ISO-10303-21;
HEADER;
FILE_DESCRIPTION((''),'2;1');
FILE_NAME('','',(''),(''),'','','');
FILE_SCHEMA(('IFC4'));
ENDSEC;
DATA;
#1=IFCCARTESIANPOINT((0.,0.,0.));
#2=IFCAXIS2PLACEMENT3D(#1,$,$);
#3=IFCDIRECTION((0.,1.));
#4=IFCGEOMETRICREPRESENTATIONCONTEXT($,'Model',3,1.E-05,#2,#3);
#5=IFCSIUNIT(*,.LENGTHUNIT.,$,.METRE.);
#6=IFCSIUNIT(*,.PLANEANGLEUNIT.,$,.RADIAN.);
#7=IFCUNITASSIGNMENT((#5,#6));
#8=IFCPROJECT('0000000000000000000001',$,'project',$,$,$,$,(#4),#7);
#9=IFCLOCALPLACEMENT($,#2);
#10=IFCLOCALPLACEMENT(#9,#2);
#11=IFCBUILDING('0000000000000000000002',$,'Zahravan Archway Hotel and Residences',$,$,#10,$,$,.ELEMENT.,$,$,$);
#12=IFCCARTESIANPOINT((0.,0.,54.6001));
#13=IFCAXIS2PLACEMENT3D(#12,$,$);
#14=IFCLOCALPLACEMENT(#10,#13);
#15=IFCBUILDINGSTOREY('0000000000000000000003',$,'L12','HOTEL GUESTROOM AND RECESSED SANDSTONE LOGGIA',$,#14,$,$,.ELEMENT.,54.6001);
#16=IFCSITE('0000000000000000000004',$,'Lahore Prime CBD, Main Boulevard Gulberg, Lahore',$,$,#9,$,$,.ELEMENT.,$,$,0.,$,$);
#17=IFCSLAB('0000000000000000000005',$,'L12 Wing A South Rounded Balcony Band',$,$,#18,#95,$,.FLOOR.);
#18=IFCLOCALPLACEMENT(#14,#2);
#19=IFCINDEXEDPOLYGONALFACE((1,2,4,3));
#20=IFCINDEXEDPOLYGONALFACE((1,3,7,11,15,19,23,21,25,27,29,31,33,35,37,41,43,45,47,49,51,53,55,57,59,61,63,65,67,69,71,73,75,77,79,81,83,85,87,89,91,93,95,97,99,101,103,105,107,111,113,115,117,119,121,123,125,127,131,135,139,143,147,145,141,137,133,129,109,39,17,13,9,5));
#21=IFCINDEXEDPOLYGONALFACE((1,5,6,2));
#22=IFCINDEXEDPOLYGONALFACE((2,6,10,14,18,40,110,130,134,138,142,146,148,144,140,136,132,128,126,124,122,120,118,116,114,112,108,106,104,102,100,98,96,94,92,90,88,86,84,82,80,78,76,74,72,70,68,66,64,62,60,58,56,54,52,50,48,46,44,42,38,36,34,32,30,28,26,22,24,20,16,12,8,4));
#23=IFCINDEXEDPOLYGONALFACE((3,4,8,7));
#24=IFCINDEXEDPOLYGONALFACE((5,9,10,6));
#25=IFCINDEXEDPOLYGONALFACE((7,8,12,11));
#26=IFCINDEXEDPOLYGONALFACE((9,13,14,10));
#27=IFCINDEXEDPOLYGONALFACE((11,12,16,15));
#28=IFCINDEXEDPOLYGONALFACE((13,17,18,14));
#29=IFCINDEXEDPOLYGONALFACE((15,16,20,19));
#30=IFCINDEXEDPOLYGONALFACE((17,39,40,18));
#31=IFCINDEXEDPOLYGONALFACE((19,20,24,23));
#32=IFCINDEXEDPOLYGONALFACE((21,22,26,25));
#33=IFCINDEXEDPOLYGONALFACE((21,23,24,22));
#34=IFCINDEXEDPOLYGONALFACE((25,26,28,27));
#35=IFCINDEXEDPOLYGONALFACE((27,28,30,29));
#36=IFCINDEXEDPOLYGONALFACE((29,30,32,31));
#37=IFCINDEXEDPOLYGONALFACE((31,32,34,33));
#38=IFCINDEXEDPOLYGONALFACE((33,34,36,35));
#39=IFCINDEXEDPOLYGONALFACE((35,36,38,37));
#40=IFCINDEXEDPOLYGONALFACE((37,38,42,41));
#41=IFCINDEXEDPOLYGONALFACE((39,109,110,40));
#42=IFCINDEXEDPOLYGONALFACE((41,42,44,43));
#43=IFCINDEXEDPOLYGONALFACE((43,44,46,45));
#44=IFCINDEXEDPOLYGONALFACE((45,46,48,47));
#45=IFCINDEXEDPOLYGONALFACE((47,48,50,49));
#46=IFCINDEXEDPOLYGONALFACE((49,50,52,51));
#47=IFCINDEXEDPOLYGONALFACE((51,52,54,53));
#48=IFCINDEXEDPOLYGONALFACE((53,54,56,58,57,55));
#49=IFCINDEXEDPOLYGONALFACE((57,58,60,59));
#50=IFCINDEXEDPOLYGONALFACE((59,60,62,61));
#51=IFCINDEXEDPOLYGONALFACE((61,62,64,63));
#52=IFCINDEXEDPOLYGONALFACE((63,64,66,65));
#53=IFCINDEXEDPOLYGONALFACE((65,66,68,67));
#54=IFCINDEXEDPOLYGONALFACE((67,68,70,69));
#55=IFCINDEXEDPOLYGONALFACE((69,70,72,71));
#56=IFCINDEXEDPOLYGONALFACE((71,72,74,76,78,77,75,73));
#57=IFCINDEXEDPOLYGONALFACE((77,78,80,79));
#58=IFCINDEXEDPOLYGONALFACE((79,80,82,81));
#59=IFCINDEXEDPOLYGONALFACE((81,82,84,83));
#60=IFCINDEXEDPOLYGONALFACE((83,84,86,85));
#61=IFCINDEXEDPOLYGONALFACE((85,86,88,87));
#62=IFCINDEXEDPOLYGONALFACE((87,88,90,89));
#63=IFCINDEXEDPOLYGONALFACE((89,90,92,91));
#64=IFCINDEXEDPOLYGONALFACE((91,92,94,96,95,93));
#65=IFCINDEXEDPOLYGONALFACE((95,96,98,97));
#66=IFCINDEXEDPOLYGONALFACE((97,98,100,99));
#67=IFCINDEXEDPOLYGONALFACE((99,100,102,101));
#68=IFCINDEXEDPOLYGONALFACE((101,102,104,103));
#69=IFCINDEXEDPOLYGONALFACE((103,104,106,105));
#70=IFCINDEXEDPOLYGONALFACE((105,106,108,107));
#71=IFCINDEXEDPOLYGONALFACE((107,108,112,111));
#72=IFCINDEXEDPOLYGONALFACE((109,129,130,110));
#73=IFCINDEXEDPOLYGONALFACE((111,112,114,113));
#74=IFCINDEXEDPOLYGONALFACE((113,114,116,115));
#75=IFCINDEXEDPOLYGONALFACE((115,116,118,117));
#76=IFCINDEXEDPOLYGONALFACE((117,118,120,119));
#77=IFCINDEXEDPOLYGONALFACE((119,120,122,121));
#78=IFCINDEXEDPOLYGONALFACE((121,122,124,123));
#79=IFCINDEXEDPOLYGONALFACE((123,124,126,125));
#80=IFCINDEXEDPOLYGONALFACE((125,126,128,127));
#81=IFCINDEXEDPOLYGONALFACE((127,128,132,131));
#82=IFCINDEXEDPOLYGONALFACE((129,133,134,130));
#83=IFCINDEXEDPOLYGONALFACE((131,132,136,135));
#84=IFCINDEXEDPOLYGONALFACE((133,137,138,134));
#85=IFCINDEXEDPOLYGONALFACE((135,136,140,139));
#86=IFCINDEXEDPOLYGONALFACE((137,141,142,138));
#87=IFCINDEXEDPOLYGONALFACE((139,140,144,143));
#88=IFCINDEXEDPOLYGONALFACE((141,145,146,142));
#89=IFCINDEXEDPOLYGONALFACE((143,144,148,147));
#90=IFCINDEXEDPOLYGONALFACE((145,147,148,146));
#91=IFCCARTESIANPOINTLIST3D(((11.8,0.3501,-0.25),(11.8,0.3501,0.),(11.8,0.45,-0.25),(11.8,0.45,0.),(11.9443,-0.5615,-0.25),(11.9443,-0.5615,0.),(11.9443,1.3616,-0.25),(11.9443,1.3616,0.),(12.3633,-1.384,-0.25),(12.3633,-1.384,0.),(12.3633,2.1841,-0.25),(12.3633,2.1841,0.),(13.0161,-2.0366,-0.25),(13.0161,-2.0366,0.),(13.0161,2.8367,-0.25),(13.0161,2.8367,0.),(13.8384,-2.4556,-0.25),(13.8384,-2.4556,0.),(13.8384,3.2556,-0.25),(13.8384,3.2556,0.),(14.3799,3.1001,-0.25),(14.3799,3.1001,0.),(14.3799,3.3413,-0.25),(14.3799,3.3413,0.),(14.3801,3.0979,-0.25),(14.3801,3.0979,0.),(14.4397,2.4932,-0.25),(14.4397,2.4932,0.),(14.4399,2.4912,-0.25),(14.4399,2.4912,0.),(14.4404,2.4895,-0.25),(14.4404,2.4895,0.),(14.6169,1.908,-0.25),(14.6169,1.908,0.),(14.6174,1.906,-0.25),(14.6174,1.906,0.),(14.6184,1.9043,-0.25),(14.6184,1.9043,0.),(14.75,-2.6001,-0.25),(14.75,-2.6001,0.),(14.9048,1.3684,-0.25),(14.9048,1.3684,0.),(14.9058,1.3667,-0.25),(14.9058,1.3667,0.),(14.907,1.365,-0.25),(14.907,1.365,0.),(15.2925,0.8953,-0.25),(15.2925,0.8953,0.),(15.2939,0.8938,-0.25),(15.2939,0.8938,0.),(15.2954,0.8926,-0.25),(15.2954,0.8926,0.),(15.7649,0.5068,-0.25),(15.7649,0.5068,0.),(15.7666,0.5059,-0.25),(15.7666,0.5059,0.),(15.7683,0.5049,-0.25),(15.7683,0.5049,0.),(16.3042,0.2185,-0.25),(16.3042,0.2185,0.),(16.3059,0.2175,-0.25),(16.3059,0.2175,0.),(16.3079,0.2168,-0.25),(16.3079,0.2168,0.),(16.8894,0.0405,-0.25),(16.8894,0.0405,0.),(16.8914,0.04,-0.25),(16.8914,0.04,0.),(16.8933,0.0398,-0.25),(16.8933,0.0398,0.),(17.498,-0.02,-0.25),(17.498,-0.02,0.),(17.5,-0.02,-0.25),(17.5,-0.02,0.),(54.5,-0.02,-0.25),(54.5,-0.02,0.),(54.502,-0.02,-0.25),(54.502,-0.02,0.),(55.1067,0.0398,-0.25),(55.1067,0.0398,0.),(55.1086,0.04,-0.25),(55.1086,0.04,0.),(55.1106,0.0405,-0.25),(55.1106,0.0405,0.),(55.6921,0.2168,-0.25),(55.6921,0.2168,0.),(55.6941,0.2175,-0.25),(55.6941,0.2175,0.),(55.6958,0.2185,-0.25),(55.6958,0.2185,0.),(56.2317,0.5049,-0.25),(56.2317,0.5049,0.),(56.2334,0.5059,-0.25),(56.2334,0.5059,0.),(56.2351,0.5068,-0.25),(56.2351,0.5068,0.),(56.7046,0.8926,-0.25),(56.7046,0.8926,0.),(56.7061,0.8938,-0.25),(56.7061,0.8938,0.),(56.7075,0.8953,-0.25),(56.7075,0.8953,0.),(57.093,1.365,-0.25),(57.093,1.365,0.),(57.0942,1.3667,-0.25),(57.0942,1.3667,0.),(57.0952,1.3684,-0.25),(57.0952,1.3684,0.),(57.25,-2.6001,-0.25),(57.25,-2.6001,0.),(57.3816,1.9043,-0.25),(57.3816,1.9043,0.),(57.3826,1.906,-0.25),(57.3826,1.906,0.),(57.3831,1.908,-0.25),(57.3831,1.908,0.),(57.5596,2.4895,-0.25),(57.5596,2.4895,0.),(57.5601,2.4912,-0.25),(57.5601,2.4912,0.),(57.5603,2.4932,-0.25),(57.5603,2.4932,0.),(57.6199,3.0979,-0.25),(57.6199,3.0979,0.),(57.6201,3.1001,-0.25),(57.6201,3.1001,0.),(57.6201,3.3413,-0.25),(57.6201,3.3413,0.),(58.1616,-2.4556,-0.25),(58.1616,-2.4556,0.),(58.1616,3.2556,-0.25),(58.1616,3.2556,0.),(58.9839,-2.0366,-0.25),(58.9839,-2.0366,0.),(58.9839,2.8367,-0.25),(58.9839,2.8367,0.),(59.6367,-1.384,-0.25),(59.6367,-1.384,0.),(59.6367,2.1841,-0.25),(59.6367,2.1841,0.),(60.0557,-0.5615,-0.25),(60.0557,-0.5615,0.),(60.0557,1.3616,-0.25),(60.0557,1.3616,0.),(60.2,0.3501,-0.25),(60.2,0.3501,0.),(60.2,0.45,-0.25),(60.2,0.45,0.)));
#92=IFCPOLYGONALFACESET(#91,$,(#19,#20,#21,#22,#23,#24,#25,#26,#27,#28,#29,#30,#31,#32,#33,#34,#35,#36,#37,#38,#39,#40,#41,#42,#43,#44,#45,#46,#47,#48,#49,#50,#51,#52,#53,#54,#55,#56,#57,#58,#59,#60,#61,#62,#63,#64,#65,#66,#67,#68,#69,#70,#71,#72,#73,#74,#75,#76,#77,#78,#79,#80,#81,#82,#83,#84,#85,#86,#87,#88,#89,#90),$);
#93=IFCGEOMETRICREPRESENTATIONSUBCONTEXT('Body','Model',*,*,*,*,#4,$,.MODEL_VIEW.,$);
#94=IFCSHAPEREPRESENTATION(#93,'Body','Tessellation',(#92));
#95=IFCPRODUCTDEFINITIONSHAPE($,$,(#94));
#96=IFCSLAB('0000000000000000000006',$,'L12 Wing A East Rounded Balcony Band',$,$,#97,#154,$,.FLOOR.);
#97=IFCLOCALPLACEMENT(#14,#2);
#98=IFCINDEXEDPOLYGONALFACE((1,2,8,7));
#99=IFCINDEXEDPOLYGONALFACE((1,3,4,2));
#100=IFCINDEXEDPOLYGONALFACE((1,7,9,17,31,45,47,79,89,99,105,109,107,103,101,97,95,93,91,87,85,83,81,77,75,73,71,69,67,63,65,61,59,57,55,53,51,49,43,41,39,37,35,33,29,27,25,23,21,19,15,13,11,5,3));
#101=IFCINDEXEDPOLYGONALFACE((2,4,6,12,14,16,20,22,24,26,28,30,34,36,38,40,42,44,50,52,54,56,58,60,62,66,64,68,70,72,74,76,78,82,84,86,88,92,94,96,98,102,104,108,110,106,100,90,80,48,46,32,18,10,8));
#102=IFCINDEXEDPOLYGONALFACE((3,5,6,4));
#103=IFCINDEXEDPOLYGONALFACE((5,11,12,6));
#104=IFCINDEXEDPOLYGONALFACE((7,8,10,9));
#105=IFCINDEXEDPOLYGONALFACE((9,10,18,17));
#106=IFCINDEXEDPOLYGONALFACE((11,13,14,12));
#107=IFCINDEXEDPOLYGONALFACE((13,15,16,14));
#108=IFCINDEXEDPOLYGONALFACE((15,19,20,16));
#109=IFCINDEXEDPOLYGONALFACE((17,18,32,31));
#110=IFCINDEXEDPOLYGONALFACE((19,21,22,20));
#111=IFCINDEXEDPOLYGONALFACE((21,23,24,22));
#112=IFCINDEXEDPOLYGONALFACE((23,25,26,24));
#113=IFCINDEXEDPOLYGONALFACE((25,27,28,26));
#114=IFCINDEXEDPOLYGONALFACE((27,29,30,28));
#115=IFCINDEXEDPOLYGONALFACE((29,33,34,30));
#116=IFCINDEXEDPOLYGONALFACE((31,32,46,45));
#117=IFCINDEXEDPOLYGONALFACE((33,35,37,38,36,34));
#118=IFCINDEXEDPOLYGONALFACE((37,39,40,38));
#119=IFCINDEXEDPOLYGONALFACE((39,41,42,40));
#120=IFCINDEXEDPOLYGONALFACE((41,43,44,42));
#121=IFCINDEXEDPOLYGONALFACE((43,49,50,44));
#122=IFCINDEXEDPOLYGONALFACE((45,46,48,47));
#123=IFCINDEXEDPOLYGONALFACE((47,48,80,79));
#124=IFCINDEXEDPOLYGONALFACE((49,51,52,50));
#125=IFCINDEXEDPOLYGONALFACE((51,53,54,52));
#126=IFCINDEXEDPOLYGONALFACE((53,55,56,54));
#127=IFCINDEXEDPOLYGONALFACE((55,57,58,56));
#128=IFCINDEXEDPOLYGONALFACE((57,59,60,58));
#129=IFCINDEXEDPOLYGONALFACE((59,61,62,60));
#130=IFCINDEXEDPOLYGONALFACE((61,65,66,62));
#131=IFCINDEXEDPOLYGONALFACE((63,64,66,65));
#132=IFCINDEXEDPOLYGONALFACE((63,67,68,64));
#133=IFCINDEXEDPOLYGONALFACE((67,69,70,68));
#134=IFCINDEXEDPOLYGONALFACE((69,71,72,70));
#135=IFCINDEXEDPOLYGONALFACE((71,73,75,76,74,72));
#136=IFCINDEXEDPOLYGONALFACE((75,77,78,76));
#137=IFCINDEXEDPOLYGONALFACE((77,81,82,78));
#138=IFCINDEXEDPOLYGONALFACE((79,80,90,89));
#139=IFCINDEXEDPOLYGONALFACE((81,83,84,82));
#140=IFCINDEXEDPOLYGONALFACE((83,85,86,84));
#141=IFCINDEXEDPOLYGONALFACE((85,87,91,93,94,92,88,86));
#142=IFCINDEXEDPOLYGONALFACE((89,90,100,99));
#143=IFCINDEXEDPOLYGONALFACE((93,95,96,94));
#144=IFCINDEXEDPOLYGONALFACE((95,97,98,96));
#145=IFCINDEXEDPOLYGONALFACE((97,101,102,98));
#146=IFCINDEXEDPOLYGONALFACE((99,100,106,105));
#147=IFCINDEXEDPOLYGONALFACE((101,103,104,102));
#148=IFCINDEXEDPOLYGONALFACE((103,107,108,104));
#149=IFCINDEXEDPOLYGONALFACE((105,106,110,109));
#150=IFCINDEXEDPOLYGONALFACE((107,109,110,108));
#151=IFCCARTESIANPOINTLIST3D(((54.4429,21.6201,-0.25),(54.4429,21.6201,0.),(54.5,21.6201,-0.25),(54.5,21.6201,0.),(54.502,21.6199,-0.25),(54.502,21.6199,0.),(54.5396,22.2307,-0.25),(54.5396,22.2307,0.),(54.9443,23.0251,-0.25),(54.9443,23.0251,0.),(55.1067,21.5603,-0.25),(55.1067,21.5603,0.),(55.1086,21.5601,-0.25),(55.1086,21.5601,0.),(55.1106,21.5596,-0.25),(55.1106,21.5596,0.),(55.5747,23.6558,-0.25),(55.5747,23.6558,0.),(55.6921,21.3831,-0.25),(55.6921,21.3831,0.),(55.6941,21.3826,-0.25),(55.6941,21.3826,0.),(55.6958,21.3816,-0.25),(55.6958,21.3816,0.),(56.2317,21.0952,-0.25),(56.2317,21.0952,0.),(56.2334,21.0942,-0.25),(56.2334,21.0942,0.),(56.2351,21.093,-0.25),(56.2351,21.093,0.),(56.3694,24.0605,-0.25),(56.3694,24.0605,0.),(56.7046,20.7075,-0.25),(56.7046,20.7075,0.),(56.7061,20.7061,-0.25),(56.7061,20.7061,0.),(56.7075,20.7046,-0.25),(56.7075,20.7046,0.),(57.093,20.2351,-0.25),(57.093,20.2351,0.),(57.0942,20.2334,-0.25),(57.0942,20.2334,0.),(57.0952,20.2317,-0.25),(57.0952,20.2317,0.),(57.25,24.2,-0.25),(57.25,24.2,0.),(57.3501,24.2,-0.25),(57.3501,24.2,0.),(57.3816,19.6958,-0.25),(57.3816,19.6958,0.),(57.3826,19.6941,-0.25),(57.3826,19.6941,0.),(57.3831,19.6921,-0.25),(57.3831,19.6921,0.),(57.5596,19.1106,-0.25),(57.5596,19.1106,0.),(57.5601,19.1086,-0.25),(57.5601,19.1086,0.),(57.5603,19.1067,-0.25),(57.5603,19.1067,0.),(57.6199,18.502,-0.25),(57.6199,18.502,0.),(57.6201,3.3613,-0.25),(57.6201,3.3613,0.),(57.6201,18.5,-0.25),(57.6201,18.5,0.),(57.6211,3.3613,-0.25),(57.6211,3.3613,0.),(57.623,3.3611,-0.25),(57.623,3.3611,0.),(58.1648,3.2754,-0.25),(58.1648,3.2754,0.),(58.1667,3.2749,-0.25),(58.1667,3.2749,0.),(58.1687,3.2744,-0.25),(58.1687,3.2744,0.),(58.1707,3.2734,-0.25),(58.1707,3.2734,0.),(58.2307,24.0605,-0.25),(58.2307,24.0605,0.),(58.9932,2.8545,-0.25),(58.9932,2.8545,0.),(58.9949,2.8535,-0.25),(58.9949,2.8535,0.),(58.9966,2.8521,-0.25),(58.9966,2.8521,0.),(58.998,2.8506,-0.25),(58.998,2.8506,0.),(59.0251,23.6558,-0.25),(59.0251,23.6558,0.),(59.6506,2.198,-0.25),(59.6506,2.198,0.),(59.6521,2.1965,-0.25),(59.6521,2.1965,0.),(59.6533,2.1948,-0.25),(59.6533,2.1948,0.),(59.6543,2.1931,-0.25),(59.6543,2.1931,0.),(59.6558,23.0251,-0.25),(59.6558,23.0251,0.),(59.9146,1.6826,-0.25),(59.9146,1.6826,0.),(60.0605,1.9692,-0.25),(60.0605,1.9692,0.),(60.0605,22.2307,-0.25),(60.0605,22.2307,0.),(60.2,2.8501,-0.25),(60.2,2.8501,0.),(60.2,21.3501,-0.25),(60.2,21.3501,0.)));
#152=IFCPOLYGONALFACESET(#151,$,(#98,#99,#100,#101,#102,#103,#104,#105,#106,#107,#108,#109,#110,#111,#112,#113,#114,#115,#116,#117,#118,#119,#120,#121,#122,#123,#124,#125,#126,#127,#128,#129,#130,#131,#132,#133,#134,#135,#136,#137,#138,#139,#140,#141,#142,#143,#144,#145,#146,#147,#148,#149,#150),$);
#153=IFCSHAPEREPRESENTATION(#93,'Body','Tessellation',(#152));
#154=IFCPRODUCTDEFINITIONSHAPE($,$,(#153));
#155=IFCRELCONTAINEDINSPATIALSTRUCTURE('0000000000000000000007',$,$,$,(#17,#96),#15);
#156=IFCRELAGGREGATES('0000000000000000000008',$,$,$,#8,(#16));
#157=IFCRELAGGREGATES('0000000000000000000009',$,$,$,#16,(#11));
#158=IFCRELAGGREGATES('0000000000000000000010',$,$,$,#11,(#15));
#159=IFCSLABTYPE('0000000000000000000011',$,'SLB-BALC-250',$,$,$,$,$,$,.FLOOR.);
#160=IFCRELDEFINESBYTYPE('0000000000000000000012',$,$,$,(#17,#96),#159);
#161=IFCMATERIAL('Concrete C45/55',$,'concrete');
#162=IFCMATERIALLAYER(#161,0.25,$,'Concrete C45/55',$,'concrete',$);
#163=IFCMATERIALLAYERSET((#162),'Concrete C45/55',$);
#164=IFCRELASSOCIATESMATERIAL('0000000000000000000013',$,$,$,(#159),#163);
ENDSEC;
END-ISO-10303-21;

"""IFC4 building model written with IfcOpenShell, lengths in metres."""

from ifc_helpers import new_model, si_unit, direction, frame, origin, place, context, subcontext, project, spatial, polyline, outline, extrude, material, layer, layer_set, type_object, element, save


model = new_model("IFC4")

# Units and contexts
model_context = context("Model", 3, precision=1e-05, world=origin(), true_north=direction((0.0, 1.0)))
body_context = subcontext(model_context, "Body", "Model", "MODEL_VIEW")
ifc_project = project(units=[si_unit("LENGTHUNIT", "METRE"), si_unit("PLANEANGLEUNIT", "RADIAN")], contexts=[model_context])

# Site, building, storey
site_placement = place(None, origin())
site = spatial("IfcSite", under=ifc_project, at=site_placement, Name="Lahore Prime CBD, Main Boulevard Gulberg, Lahore", CompositionType="ELEMENT", RefElevation=0.0)
building_placement = place(site_placement, origin())
building = spatial("IfcBuilding", under=site, at=building_placement, Name="Zahravan Archway Hotel and Residences", CompositionType="ELEMENT")
storey_placement = place(building_placement, frame((0.0, 0.0, 54.6001)))
storey = spatial("IfcBuildingStorey", under=building, at=storey_placement, Name="L12", Description="HOTEL GUESTROOM AND RECESSED SANDSTONE LOGGIA", CompositionType="ELEMENT", Elevation=54.6001)

# Slabs
ifc_material_1 = material(Name="Concrete C45/55", Category="concrete")
ifc_layer_1 = layer(ifc_material_1, 0.25, Name="Concrete C45/55", Category="concrete")
ifc_layer_set_1 = layer_set([ifc_layer_1], Name="Concrete C45/55")
slab_type_1 = type_object("IfcSlabType", Name="SLB-BALC-250", PredefinedType="FLOOR", material=ifc_layer_set_1)
slab_1_placement = place(storey_placement, frame((0.0, 0.0, -0.25)))
element("IfcSlab", 1, at=slab_1_placement, inside=storey, type_object=slab_type_1, Name="L12 Wing A South Rounded Balcony Band", PredefinedType="FLOOR", context=body_context, shape_type="SweptSolid", body=[
    extrude(outline(polyline([(58.1616, 3.2556), (58.9839, 2.8367), (59.6367, 2.1841), (60.0557, 1.3616), (60.2, 0.45), (60.2, 0.3501), (60.0557, -0.5615), (59.6367, -1.384), (58.9839, -2.0366), (58.1616, -2.4556), (57.25, -2.6001), (14.75, -2.6001), (13.8384, -2.4556), (13.0161, -2.0366), (12.3633, -1.384), (11.9443, -0.5615), (11.8, 0.3501), (11.8, 0.45), (11.9443, 1.3616), (12.3633, 2.1841), (13.0161, 2.8367), (13.8384, 3.2556), (14.3799, 3.3413), (14.3799, 3.1001), (14.3801, 3.0979), (14.4397, 2.4932), (14.4399, 2.4912), (14.4404, 2.4895), (14.6169, 1.908), (14.6174, 1.906), (14.6184, 1.9043), (14.9048, 1.3684), (14.9058, 1.3667), (14.907, 1.365), (15.2925, 0.8953), (15.2939, 0.8938), (15.2954, 0.8926), (15.7649, 0.5068), (15.7666, 0.5059), (15.7683, 0.5049), (16.3042, 0.2185), (16.3059, 0.2175), (16.3079, 0.2168), (16.8894, 0.0405), (16.8914, 0.04), (16.8933, 0.0398), (17.498, -0.02), (17.5, -0.02), (54.5, -0.02), (54.502, -0.02), (55.1067, 0.0398), (55.1086, 0.04), (55.1106, 0.0405), (55.6921, 0.2168), (55.6941, 0.2175), (55.6958, 0.2185), (56.2317, 0.5049), (56.2334, 0.5059), (56.2351, 0.5068), (56.7046, 0.8926), (56.7061, 0.8938), (56.7075, 0.8953), (57.093, 1.365), (57.0942, 1.3667), (57.0952, 1.3684), (57.3816, 1.9043), (57.3826, 1.906), (57.3831, 1.908), (57.5596, 2.4895), (57.5601, 2.4912), (57.5603, 2.4932), (57.6199, 3.0979), (57.6201, 3.1001), (57.6201, 3.3413), (58.1616, 3.2556)])), origin(), (0.0, 0.0, 1.0), 0.25),
])
slab_2_placement = place(storey_placement, frame((0.0, 0.0, -0.25)))
element("IfcSlab", 2, at=slab_2_placement, inside=storey, type_object=slab_type_1, Name="L12 Wing A East Rounded Balcony Band", PredefinedType="FLOOR", context=body_context, shape_type="SweptSolid", body=[
    extrude(outline(polyline([(54.5396, 22.2307), (54.9443, 23.0251), (55.5747, 23.6558), (56.3694, 24.0605), (57.25, 24.2), (57.3501, 24.2), (58.2307, 24.0605), (59.0251, 23.6558), (59.6558, 23.0251), (60.0605, 22.2307), (60.2, 21.3501), (60.2, 2.8501), (60.0605, 1.9692), (59.9146, 1.6826), (59.6543, 2.1931), (59.6533, 2.1948), (59.6521, 2.1965), (59.6506, 2.198), (58.998, 2.8506), (58.9966, 2.8521), (58.9949, 2.8535), (58.9932, 2.8545), (58.1707, 3.2734), (58.1687, 3.2744), (58.1667, 3.2749), (58.1648, 3.2754), (57.623, 3.3611), (57.6211, 3.3613), (57.6201, 3.3613), (57.6201, 18.5), (57.6199, 18.502), (57.5603, 19.1067), (57.5601, 19.1086), (57.5596, 19.1106), (57.3831, 19.6921), (57.3826, 19.6941), (57.3816, 19.6958), (57.0952, 20.2317), (57.0942, 20.2334), (57.093, 20.2351), (56.7075, 20.7046), (56.7061, 20.7061), (56.7046, 20.7075), (56.2351, 21.093), (56.2334, 21.0942), (56.2317, 21.0952), (55.6958, 21.3816), (55.6941, 21.3826), (55.6921, 21.3831), (55.1106, 21.5596), (55.1086, 21.5601), (55.1067, 21.5603), (54.502, 21.6199), (54.5, 21.6201), (54.4429, 21.6201), (54.5396, 22.2307)])), origin(), (0.0, 0.0, 1.0), 0.25),
])

save(model, "model.ifc")
